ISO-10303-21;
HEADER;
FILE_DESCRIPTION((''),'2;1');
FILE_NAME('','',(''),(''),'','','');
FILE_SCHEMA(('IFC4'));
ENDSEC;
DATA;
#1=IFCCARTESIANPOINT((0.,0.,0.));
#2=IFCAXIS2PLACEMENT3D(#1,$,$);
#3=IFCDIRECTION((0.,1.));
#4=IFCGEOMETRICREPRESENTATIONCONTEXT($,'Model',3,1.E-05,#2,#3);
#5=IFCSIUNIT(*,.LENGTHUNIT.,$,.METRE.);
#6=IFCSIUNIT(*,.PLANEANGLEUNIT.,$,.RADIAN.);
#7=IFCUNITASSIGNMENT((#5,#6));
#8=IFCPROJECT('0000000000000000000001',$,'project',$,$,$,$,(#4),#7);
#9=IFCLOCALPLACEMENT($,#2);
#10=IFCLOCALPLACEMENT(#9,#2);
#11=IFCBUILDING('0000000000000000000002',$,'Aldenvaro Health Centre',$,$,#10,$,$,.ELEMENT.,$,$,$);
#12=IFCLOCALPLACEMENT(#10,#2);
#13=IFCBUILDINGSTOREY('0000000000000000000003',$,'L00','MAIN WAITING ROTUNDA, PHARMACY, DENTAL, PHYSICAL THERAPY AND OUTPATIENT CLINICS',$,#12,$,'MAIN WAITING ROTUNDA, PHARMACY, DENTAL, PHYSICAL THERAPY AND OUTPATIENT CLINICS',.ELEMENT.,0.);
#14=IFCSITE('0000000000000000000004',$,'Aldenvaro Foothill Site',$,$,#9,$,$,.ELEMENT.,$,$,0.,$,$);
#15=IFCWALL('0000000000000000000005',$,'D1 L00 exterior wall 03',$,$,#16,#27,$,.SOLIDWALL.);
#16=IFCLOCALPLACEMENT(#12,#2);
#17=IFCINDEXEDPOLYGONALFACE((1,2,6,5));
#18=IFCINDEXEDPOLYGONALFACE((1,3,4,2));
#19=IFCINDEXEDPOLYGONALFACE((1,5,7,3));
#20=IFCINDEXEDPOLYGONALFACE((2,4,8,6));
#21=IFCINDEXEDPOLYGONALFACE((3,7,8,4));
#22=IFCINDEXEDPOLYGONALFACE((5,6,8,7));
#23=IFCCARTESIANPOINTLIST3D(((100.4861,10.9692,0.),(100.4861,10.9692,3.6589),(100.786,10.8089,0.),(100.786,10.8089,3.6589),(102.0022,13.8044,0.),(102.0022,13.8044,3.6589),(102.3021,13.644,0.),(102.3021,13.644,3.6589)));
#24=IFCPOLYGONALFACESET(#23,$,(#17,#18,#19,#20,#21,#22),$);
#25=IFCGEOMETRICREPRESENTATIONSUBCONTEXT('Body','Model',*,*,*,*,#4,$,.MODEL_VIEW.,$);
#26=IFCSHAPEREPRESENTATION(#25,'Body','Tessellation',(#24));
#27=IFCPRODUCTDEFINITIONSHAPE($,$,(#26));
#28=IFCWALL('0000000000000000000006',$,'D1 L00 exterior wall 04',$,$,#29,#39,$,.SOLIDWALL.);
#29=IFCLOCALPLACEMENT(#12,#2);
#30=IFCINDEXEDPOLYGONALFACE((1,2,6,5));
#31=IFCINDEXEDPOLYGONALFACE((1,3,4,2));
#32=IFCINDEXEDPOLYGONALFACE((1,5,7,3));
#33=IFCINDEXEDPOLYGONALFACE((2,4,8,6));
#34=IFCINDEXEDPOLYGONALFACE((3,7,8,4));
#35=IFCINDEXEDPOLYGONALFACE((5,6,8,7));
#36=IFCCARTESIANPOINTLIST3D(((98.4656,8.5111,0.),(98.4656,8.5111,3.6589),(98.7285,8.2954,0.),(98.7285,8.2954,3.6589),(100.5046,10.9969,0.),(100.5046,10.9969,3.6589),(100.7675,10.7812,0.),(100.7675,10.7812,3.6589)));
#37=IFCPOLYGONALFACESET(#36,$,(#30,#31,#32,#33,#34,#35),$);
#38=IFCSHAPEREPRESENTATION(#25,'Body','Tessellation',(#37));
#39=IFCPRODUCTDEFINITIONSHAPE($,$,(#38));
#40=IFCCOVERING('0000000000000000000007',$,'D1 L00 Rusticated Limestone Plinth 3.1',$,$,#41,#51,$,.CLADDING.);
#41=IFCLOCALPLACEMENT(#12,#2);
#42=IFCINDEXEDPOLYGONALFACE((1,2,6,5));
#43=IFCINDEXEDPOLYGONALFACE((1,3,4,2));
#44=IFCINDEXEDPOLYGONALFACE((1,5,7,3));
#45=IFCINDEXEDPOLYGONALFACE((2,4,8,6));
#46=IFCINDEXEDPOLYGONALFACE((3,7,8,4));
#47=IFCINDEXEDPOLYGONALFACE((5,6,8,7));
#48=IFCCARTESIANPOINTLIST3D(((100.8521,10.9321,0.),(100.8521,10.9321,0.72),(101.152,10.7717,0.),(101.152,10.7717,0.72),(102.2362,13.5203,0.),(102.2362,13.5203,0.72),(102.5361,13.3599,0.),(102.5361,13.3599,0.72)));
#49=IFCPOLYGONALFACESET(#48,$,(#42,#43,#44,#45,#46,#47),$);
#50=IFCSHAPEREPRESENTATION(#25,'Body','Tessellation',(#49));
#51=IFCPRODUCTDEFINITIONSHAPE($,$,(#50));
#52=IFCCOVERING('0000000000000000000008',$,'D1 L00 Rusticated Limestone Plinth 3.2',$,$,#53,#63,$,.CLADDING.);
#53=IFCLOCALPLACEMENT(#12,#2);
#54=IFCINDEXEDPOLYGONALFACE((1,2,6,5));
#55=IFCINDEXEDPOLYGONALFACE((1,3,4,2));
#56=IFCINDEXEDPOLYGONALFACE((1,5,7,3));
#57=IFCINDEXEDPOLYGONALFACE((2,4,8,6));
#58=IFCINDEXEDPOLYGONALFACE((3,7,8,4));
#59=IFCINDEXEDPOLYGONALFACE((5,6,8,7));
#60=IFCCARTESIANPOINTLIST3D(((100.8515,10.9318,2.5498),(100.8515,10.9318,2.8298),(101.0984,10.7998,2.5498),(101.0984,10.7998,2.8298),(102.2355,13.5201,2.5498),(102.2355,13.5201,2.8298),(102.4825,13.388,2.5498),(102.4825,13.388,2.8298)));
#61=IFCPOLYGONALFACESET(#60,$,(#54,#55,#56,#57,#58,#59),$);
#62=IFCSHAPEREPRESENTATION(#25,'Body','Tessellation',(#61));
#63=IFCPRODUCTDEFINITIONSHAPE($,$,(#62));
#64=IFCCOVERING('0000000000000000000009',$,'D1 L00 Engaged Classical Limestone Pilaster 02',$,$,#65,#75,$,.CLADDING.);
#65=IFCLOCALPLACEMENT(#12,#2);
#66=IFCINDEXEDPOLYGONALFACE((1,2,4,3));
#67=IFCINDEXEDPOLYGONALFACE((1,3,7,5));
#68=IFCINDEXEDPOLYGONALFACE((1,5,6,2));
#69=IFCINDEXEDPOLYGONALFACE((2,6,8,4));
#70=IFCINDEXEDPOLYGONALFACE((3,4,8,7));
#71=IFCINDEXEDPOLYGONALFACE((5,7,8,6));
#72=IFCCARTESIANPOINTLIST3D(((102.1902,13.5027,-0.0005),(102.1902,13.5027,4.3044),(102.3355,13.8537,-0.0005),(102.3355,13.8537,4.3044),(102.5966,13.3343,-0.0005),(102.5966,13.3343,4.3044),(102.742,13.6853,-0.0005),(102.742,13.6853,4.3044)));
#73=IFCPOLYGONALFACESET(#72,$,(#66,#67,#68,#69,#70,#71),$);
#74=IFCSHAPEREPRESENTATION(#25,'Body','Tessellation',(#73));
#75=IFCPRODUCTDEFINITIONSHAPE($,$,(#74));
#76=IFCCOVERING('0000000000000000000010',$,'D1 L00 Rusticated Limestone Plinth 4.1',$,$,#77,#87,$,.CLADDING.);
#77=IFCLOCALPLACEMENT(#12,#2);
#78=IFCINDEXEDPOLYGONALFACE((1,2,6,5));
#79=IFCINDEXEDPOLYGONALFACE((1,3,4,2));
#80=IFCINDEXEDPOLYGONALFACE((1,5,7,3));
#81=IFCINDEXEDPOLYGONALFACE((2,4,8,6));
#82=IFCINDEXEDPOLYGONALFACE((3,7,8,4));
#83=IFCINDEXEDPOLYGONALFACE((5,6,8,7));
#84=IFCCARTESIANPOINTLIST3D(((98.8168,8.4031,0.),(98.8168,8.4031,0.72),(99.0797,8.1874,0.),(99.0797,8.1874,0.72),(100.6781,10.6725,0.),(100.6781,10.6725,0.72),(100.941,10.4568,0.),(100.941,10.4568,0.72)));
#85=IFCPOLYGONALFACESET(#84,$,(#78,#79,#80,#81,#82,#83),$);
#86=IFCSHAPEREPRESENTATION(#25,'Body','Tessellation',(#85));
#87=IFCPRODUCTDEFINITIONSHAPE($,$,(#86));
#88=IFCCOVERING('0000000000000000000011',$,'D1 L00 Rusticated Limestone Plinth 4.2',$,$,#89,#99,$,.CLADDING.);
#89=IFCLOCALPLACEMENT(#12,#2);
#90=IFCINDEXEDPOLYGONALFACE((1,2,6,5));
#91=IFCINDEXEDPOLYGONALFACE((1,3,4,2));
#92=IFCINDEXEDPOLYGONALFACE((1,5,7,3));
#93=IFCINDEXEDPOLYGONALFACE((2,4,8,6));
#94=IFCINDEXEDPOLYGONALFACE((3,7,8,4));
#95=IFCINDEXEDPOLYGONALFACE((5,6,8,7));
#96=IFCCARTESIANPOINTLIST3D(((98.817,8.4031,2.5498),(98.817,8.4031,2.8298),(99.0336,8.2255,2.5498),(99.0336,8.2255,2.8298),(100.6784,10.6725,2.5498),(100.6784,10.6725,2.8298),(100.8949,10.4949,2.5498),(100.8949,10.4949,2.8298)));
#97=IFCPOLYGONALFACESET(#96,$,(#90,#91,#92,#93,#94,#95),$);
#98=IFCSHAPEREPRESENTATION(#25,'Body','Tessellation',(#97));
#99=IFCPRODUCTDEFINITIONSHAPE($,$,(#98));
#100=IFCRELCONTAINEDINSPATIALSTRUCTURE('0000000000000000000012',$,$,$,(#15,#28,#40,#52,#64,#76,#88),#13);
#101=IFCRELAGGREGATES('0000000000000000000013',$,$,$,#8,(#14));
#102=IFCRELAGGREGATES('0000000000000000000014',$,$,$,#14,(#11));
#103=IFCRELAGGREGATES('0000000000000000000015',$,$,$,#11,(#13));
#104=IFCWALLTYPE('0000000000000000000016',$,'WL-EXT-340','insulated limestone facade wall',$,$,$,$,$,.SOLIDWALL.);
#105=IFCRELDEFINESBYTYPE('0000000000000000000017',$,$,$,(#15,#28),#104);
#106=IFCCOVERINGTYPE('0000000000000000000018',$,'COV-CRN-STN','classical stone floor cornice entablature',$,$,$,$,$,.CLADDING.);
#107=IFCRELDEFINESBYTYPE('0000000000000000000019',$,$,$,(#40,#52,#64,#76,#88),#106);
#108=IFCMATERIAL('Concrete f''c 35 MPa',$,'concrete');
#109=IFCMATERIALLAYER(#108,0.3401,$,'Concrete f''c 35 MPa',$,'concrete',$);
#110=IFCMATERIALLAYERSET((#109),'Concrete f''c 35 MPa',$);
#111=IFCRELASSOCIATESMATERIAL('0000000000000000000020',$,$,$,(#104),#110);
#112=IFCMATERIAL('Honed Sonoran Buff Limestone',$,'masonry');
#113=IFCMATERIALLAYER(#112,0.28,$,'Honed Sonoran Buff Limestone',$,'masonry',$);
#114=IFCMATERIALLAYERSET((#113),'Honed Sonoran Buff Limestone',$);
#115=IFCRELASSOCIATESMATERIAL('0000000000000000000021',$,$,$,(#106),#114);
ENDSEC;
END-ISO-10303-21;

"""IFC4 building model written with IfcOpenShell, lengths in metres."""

from ifc_helpers import new_model, si_unit, direction, frame, frame_2d, origin, origin_2d, place, context, subcontext, project, spatial, rectangle, extrude, material, layer, layer_set, type_object, element, save


model = new_model("IFC4")

# Units and contexts
model_context = context("Model", 3, precision=1e-05, world=origin(), true_north=direction((0.0, 1.0)))
body_context = subcontext(model_context, "Body", "Model", "MODEL_VIEW")
ifc_project = project(units=[si_unit("LENGTHUNIT", "METRE"), si_unit("PLANEANGLEUNIT", "RADIAN")], contexts=[model_context])

# Site, building, storey
site_placement = place(None, origin())
site = spatial("IfcSite", under=ifc_project, at=site_placement, Name="Aldenvaro Foothill Site", CompositionType="ELEMENT", RefElevation=0.0)
building_placement = place(site_placement, origin())
building = spatial("IfcBuilding", under=site, at=building_placement, Name="Aldenvaro Health Centre", CompositionType="ELEMENT")
storey_placement = place(building_placement, origin())
storey = spatial("IfcBuildingStorey", under=building, at=storey_placement, Name="L00", Description="MAIN WAITING ROTUNDA, PHARMACY, DENTAL, PHYSICAL THERAPY AND OUTPATIENT CLINICS", LongName="MAIN WAITING ROTUNDA, PHARMACY, DENTAL, PHYSICAL THERAPY AND OUTPATIENT CLINICS", CompositionType="ELEMENT", Elevation=0.0)

# Walls
ifc_material_1 = material(Name="Concrete f'c 35 MPa", Category="concrete")
ifc_layer_1 = layer(ifc_material_1, 0.3401, Name="Concrete f'c 35 MPa", Category="concrete")
ifc_layer_set_1 = layer_set([ifc_layer_1], Name="Concrete f'c 35 MPa")
wall_type = type_object("IfcWallType", Name="WL-EXT-340", Description="insulated limestone facade wall", PredefinedType="SOLIDWALL", material=ifc_layer_set_1)
for number, where, z_axis, x_axis, name in (
    (1, (102.1521, 13.7241, 0.0), (0.0, 0.0, 1.0), (-0.471558, -0.881835, 0.0), "D1 L00 exterior wall 03"),
    (2, (100.636, 10.8889, 0.0), (0.0, 0.0, 1.0), (-0.634205, -0.773165, 0.0), "D1 L00 exterior wall 04"),
):
    element("IfcWall", number, at=place(storey_placement, frame(where, z_axis=z_axis, x_axis=x_axis)), inside=storey, type_object=wall_type, Name=name, PredefinedType="SOLIDWALL", context=body_context, shape_type="SweptSolid", body=[
        extrude(rectangle(XDim=3.2151, YDim=0.3401, at=frame_2d((1.6074, 0.0))), origin(), (0.0, 0.0, 1.0), 3.6589),
    ])

# Coverings
ifc_material_2 = material(Name="Honed Sonoran Buff Limestone", Category="masonry")
ifc_layer_2 = layer(ifc_material_2, 0.28, Name="Honed Sonoran Buff Limestone", Category="masonry")
ifc_layer_set_2 = layer_set([ifc_layer_2], Name="Honed Sonoran Buff Limestone")
covering_type = type_object("IfcCoveringType", Name="COV-CRN-STN", Description="classical stone floor cornice entablature", PredefinedType="CLADDING", material=ifc_layer_set_2)
covering_1_placement = place(storey_placement, frame((101.6941, 12.146, 0.0), z_axis=(0.0, 0.0, 1.0), x_axis=(-0.471557, -0.881836, 0.0)))
element("IfcCovering", 3, at=covering_1_placement, inside=storey, type_object=covering_type, Name="D1 L00 Rusticated Limestone Plinth 3.1", PredefinedType="CLADDING", context=body_context, shape_type="SweptSolid", body=[
    extrude(rectangle(XDim=2.9351, YDim=0.3401, at=origin_2d()), origin(), (0.0, 0.0, 1.0), 0.72),
])
covering_2_placement = place(storey_placement, frame((101.667, 12.1599, 2.5498), z_axis=(0.0, 0.0, 1.0), x_axis=(-0.471557, -0.881836, 0.0)))
element("IfcCovering", 4, at=covering_2_placement, inside=storey, type_object=covering_type, Name="D1 L00 Rusticated Limestone Plinth 3.2", PredefinedType="CLADDING", context=body_context, shape_type="SweptSolid", body=[
    extrude(rectangle(XDim=2.9351, YDim=0.28, at=origin_2d()), origin(), (0.0, 0.0, 1.0), 0.28),
])
covering_3_placement = place(storey_placement, frame((102.4661, 13.594, -0.0005), z_axis=(0.0, 0.0, 1.0), x_axis=(0.923883, -0.382675, 0.0)))
element("IfcCovering", 5, at=covering_3_placement, inside=storey, type_object=covering_type, Name="D1 L00 Engaged Classical Limestone Pilaster 02", PredefinedType="CLADDING", context=body_context, shape_type="SweptSolid", body=[
    extrude(rectangle(XDim=0.4399, YDim=0.3799, at=origin_2d()), origin(), (0.0, 0.0, 1.0), 4.3049),
])
covering_4_placement = place(storey_placement, frame((99.8789, 9.4299, 0.0), z_axis=(0.0, 0.0, 1.0), x_axis=(-0.634169, -0.773195, 0.0)))
element("IfcCovering", 6, at=covering_4_placement, inside=storey, type_object=covering_type, Name="D1 L00 Rusticated Limestone Plinth 4.1", PredefinedType="CLADDING", context=body_context, shape_type="SweptSolid", body=[
    extrude(rectangle(XDim=2.9351, YDim=0.3401, at=origin_2d()), origin(), (0.0, 0.0, 1.0), 0.72),
])
covering_5_placement = place(storey_placement, frame((99.856, 9.449, 2.5498), z_axis=(0.0, 0.0, 1.0), x_axis=(-0.634169, -0.773195, 0.0)))
element("IfcCovering", 7, at=covering_5_placement, inside=storey, type_object=covering_type, Name="D1 L00 Rusticated Limestone Plinth 4.2", PredefinedType="CLADDING", context=body_context, shape_type="SweptSolid", body=[
    extrude(rectangle(XDim=2.9351, YDim=0.28, at=origin_2d()), origin(), (0.0, 0.0, 1.0), 0.28),
])

save(model, "model.ifc")
